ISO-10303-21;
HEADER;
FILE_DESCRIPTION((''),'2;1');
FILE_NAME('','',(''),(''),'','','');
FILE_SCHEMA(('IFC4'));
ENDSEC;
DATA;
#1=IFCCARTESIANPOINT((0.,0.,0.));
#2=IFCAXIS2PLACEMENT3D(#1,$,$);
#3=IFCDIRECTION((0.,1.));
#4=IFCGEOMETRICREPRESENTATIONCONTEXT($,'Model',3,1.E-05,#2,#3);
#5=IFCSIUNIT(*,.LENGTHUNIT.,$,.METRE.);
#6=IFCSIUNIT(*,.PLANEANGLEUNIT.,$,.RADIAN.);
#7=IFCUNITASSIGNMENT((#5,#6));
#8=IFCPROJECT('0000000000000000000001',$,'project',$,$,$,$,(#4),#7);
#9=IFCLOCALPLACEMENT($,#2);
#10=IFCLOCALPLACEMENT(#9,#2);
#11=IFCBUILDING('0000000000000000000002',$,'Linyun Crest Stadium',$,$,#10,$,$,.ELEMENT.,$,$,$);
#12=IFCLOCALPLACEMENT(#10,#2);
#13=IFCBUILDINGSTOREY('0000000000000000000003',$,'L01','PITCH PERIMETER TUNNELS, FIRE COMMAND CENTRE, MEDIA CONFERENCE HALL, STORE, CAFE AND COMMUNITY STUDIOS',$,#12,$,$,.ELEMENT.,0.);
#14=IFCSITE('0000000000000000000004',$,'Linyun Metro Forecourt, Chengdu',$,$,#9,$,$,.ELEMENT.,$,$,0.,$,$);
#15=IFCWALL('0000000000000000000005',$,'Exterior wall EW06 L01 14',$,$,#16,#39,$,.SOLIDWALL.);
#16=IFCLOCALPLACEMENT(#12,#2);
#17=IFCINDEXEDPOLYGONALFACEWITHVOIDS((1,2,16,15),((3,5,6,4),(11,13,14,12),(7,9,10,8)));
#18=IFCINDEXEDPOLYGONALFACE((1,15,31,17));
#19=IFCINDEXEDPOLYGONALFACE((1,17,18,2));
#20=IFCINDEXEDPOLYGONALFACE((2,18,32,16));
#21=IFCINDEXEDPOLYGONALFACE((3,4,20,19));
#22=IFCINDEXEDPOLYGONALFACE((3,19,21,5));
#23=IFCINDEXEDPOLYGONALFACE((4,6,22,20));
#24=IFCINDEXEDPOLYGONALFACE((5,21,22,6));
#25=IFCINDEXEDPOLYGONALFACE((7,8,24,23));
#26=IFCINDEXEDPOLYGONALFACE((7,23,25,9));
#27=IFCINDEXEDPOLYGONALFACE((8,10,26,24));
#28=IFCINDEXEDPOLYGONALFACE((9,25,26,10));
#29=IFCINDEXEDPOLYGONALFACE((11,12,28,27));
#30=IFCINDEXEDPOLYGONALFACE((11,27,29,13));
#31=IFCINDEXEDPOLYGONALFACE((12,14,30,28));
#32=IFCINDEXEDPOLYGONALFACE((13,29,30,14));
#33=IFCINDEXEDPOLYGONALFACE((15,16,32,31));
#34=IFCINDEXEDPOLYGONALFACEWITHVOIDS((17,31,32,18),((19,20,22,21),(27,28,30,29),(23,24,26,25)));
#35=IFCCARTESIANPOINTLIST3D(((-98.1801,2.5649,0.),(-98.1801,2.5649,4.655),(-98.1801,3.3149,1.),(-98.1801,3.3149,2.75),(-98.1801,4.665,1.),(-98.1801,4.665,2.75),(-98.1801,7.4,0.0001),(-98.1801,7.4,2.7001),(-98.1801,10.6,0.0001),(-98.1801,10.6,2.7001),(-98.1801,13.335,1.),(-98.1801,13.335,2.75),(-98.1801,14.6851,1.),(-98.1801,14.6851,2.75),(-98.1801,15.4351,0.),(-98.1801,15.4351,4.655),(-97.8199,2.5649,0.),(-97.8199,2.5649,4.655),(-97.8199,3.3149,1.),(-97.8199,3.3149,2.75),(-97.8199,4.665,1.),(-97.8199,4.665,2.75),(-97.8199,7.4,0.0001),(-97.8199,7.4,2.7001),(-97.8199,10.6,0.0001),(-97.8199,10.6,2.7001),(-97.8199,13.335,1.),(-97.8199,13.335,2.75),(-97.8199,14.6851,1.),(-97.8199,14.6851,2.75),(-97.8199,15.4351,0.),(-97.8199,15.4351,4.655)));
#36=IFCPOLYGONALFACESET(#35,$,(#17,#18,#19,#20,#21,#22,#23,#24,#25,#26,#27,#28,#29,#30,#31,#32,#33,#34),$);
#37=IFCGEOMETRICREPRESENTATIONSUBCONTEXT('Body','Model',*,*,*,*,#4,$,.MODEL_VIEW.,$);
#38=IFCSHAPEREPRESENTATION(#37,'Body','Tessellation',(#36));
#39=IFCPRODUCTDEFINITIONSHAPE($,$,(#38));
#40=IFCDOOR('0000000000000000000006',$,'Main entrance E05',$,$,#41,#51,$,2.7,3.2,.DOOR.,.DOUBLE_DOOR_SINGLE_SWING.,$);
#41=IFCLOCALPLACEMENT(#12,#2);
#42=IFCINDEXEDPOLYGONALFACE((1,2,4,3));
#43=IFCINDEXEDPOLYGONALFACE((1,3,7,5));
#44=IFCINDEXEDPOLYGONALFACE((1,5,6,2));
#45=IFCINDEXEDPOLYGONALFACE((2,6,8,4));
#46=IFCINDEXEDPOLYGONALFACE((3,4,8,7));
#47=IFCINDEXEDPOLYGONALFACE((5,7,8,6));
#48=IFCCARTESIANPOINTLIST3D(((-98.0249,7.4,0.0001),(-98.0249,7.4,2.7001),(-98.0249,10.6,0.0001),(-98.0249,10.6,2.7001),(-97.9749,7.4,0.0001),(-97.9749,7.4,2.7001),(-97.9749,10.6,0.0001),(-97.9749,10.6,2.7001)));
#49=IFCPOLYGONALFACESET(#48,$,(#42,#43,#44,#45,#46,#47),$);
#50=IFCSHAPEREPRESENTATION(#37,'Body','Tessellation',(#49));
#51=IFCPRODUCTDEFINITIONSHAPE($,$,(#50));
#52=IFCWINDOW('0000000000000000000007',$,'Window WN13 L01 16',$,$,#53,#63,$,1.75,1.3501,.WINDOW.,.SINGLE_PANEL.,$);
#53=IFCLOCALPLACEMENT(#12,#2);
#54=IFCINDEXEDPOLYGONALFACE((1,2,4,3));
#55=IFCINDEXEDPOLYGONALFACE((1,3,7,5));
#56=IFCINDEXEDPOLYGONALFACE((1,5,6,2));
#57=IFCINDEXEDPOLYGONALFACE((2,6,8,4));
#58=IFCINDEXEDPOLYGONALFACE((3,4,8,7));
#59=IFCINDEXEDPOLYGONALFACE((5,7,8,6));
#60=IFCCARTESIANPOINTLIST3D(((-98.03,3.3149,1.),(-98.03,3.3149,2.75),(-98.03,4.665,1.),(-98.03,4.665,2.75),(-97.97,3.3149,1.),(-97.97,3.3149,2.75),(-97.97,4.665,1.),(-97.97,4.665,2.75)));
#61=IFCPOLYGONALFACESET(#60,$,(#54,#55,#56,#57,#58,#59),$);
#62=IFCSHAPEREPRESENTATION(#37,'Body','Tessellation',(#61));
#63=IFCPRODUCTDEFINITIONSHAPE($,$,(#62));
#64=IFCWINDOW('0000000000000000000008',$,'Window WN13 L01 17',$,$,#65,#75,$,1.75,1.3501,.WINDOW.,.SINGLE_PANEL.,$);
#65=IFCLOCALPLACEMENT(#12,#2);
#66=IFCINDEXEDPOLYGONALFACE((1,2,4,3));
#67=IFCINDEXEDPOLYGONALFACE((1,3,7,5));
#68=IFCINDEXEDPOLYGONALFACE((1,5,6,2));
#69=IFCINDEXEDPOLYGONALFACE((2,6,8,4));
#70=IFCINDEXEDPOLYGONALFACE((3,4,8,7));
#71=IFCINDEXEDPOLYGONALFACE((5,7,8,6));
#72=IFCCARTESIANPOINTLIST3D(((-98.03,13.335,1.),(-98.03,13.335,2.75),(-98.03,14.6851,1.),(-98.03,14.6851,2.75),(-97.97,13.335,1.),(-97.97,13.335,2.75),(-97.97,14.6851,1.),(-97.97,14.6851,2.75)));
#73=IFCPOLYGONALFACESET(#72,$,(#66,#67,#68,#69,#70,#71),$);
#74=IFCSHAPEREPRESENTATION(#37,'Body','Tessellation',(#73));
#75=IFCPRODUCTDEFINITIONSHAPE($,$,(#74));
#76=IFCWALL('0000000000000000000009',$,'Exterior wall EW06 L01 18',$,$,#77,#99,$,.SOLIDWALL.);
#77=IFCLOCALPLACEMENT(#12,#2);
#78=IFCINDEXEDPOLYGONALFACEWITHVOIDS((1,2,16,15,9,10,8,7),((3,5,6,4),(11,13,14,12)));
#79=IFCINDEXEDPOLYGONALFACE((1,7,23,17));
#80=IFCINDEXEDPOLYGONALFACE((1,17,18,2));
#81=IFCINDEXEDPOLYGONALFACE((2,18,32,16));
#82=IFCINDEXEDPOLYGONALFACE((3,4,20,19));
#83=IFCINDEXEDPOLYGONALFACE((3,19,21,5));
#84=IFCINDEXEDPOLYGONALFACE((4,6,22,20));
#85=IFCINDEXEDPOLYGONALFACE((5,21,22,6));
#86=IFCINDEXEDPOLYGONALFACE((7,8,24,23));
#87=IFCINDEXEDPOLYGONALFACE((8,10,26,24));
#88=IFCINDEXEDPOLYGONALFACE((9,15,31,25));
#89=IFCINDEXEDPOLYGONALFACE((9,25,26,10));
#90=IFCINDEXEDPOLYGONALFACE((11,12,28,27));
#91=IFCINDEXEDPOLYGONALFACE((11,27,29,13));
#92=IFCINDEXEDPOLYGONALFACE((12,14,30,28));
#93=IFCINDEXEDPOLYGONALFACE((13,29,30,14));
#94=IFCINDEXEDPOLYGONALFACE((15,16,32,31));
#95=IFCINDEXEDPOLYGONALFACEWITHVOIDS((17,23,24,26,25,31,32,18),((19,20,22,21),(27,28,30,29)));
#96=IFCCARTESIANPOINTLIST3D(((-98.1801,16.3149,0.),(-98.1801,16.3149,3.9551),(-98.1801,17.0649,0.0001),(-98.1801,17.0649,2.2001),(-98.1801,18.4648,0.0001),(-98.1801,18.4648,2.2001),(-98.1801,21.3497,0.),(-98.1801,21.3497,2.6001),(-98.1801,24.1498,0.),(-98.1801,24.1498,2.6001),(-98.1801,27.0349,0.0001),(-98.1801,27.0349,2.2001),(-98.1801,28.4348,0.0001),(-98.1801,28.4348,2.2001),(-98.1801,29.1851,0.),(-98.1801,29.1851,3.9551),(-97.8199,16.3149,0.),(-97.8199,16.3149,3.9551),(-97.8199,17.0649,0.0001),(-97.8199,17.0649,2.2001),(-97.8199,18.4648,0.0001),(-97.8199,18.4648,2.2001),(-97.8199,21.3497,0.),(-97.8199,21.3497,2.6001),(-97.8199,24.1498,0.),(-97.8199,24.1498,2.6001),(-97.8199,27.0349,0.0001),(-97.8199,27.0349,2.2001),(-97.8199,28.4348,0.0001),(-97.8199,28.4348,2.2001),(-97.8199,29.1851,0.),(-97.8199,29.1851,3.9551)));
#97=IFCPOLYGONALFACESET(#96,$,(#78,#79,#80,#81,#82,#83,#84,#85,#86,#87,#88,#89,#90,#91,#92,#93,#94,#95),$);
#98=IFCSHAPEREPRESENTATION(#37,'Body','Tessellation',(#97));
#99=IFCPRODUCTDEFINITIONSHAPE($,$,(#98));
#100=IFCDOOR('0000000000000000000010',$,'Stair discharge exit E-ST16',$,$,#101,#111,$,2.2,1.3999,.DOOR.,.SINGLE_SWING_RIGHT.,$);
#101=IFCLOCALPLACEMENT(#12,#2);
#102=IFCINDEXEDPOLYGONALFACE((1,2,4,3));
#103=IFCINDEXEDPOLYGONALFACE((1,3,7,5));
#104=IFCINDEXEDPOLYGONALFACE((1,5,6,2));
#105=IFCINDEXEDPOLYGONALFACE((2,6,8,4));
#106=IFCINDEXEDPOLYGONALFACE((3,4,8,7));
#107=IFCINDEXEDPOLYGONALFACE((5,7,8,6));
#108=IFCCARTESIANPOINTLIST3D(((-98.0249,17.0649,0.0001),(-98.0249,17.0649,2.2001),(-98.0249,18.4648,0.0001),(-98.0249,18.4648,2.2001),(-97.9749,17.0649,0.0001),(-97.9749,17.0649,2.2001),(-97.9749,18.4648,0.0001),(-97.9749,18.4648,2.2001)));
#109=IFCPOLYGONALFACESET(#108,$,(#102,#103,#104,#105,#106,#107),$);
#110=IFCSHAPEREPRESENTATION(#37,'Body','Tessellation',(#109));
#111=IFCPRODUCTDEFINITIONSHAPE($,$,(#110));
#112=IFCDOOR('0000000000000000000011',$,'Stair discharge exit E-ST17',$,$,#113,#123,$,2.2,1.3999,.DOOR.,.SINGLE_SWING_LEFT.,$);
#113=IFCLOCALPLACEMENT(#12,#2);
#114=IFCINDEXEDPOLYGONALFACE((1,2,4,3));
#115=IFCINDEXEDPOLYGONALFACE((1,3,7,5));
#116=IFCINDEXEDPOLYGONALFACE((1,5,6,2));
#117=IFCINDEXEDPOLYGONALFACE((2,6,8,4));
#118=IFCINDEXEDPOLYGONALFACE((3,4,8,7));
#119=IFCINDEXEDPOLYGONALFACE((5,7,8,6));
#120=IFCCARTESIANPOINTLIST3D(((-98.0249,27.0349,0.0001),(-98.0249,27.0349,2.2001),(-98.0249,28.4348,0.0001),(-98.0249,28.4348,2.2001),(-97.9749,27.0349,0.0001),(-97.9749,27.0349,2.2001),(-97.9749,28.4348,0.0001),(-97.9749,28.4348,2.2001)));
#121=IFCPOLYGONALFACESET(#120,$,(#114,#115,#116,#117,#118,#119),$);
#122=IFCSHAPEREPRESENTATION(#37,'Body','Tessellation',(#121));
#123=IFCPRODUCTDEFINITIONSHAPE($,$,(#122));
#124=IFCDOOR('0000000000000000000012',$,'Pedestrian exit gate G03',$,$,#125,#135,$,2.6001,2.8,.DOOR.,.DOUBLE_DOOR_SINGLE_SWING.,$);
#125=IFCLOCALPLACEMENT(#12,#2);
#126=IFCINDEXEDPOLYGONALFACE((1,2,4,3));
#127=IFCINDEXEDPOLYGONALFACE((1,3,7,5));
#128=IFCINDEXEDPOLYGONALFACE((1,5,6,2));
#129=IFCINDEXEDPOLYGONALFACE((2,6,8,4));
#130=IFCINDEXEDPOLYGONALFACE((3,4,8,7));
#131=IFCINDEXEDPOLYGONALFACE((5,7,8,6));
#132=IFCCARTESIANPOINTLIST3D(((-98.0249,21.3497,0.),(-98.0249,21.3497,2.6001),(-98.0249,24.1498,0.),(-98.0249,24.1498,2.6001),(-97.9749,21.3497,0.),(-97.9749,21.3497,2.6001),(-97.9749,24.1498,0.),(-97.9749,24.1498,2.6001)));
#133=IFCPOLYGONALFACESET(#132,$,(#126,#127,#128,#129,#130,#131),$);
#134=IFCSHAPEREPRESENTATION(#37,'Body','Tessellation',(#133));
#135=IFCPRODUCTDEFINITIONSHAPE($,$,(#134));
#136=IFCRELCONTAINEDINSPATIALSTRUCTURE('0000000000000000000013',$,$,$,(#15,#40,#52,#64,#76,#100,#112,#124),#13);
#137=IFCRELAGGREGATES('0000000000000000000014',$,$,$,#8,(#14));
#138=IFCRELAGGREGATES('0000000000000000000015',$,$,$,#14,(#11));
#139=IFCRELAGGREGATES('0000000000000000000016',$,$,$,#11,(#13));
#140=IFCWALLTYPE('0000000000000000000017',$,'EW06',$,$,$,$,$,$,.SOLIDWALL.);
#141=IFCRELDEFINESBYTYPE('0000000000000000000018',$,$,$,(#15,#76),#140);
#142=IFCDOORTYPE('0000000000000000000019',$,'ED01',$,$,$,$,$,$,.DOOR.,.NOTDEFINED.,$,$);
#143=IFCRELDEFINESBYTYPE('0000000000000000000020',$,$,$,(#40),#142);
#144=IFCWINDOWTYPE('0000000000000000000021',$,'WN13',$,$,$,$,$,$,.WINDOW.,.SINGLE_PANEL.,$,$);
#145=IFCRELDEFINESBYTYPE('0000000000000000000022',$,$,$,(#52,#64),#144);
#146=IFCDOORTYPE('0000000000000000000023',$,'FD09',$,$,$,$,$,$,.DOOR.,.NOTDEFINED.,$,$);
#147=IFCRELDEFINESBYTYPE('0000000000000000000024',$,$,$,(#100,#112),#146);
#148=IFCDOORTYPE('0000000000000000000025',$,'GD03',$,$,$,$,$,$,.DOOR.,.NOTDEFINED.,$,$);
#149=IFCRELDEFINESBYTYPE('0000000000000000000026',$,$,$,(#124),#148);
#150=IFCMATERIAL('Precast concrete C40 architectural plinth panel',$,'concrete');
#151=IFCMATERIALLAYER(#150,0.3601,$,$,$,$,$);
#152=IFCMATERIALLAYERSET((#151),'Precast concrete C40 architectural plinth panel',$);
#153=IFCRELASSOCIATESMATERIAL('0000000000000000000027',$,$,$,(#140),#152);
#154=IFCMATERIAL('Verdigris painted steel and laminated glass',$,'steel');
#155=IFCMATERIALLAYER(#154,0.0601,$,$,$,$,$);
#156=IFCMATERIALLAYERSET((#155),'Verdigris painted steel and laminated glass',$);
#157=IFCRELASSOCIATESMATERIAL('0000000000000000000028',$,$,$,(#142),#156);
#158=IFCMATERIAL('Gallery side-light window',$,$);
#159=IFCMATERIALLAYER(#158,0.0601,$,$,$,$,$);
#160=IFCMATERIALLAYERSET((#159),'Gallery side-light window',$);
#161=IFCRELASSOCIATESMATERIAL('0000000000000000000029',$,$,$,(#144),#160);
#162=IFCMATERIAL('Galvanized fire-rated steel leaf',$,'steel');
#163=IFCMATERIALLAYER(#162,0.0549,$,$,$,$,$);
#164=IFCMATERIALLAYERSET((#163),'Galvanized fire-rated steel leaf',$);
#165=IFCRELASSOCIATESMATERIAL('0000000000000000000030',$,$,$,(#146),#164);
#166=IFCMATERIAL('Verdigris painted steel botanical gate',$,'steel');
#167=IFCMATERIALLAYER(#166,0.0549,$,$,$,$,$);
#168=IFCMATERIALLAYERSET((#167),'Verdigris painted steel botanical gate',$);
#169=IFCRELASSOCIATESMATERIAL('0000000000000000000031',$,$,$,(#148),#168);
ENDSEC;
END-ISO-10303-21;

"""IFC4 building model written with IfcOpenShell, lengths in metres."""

from ifc_helpers import new_model, si_unit, direction, frame, frame_2d, origin, place, context, subcontext, project, spatial, rectangle, extrude, material, layer, layer_set, type_object, element, fill, save


model = new_model("IFC4")

# Units and contexts
model_context = context("Model", 3, precision=1e-05, world=origin(), true_north=direction((0.0, 1.0)))
body_context = subcontext(model_context, "Body", "Model", "MODEL_VIEW")
ifc_project = project(units=[si_unit("LENGTHUNIT", "METRE"), si_unit("PLANEANGLEUNIT", "RADIAN")], contexts=[model_context])

# Site, building, storey
site_placement = place(None, origin())
site = spatial("IfcSite", under=ifc_project, at=site_placement, Name="Linyun Metro Forecourt, Chengdu", CompositionType="ELEMENT", RefElevation=0.0)
building_placement = place(site_placement, origin())
building = spatial("IfcBuilding", under=site, at=building_placement, Name="Linyun Crest Stadium", CompositionType="ELEMENT")
storey_placement = place(building_placement, origin())
storey = spatial("IfcBuildingStorey", under=building, at=storey_placement, Name="L01", Description="PITCH PERIMETER TUNNELS, FIRE COMMAND CENTRE, MEDIA CONFERENCE HALL, STORE, CAFE AND COMMUNITY STUDIOS", CompositionType="ELEMENT", Elevation=0.0)

# Wall, openings, door, windows
ifc_material_1 = material(Name="Precast concrete C40 architectural plinth panel", Category="concrete")
ifc_layer_1 = layer(ifc_material_1, 0.3601)
ifc_layer_set_1 = layer_set([ifc_layer_1], Name="Precast concrete C40 architectural plinth panel")
wall_type_1 = type_object("IfcWallType", Name="EW06", PredefinedType="SOLIDWALL", material=ifc_layer_set_1)
wall_1_placement = place(storey_placement, frame((-98.0, 2.5649, 0.0), z_axis=(0.0, 0.0, 1.0), x_axis=(0.0, 1.0, 0.0)))
wall_1 = element("IfcWall", 1, at=wall_1_placement, inside=storey, type_object=wall_type_1, Name="Exterior wall EW06 L01 14", PredefinedType="SOLIDWALL", context=body_context, shape_type="SweptSolid", body=[
    extrude(rectangle(XDim=12.8701, YDim=0.3601, at=frame_2d((6.4351, 0.0))), origin(), (0.0, 0.0, 1.0), 4.655),
])
opening_1_placement = place(wall_1_placement, frame((4.835, 0.0, 0.0)))
opening_1 = element("IfcOpeningElement", 2, at=opening_1_placement, cuts=wall_1, PredefinedType="OPENING", context=body_context, shape_type="SweptSolid", body=[
    extrude(rectangle(XDim=3.2, YDim=2.7, at=frame_2d((1.6001, 1.3501))), frame((0.0, 0.1899, 0.0), z_axis=(0.0, -1.0, 0.0), x_axis=(1.0, 0.0, 0.0)), (0.0, 0.0, 1.0), 0.3801),
])
opening_2_placement = place(wall_1_placement, frame((0.75, 0.0, 1.0)))
opening_2 = element("IfcOpeningElement", 3, at=opening_2_placement, cuts=wall_1, PredefinedType="OPENING", context=body_context, shape_type="SweptSolid", body=[
    extrude(rectangle(XDim=1.3501, YDim=1.75, at=frame_2d((0.675, 0.875))), frame((0.0, 0.1899, 0.0), z_axis=(0.0, -1.0, 0.0), x_axis=(1.0, 0.0, 0.0)), (0.0, 0.0, 1.0), 0.3801),
])
opening_3_placement = place(wall_1_placement, frame((10.77, 0.0, 1.0)))
opening_3 = element("IfcOpeningElement", 4, at=opening_3_placement, cuts=wall_1, PredefinedType="OPENING", context=body_context, shape_type="SweptSolid", body=[
    extrude(rectangle(XDim=1.3501, YDim=1.75, at=frame_2d((0.675, 0.875))), frame((0.0, 0.1899, 0.0), z_axis=(0.0, -1.0, 0.0), x_axis=(1.0, 0.0, 0.0)), (0.0, 0.0, 1.0), 0.3801),
])
ifc_material_2 = material(Name="Verdigris painted steel and laminated glass", Category="steel")
ifc_layer_2 = layer(ifc_material_2, 0.0601)
ifc_layer_set_2 = layer_set([ifc_layer_2], Name="Verdigris painted steel and laminated glass")
door_type_1 = type_object("IfcDoorType", Name="ED01", OperationType="NOTDEFINED", PredefinedType="DOOR", material=ifc_layer_set_2)
door_1_placement = place(opening_1_placement, origin())
door_1 = element("IfcDoor", 5, at=door_1_placement, inside=storey, type_object=door_type_1, Name="Main entrance E05", OperationType="DOUBLE_DOOR_SINGLE_SWING", OverallHeight=2.7, OverallWidth=3.2, PredefinedType="DOOR", context=body_context, shape_type="SweptSolid", body=[
    extrude(rectangle(XDim=3.2, YDim=2.7, at=frame_2d((1.6001, 1.3501))), frame((0.0, 0.0249, 0.0), z_axis=(0.0, -1.0, 0.0), x_axis=(1.0, 0.0, 0.0)), (0.0, 0.0, 1.0), 0.05),
])
fill(opening_1, door_1)
ifc_material_3 = material(Name="Gallery side-light window")
ifc_layer_3 = layer(ifc_material_3, 0.0601)
ifc_layer_set_3 = layer_set([ifc_layer_3], Name="Gallery side-light window")
window_type = type_object("IfcWindowType", Name="WN13", PartitioningType="SINGLE_PANEL", PredefinedType="WINDOW", material=ifc_layer_set_3)
window_1_placement = place(opening_2_placement, origin())
window_1 = element("IfcWindow", 6, at=window_1_placement, inside=storey, type_object=window_type, Name="Window WN13 L01 16", OverallHeight=1.75, OverallWidth=1.3501, PartitioningType="SINGLE_PANEL", PredefinedType="WINDOW", context=body_context, shape_type="SweptSolid", body=[
    extrude(rectangle(XDim=1.3501, YDim=1.75, at=frame_2d((0.675, 0.875))), frame((0.0, 0.03, 0.0), z_axis=(0.0, -1.0, 0.0), x_axis=(1.0, 0.0, 0.0)), (0.0, 0.0, 1.0), 0.0601),
])
fill(opening_2, window_1)
window_2_placement = place(opening_3_placement, origin())
window_2 = element("IfcWindow", 7, at=window_2_placement, inside=storey, type_object=window_type, Name="Window WN13 L01 17", OverallHeight=1.75, OverallWidth=1.3501, PartitioningType="SINGLE_PANEL", PredefinedType="WINDOW", context=body_context, shape_type="SweptSolid", body=[
    extrude(rectangle(XDim=1.3501, YDim=1.75, at=frame_2d((0.675, 0.875))), frame((0.0, 0.03, 0.0), z_axis=(0.0, -1.0, 0.0), x_axis=(1.0, 0.0, 0.0)), (0.0, 0.0, 1.0), 0.0601),
])
fill(opening_3, window_2)

# Wall, openings, doors
wall_2_placement = place(storey_placement, frame((-98.0, 16.3149, 0.0), z_axis=(0.0, 0.0, 1.0), x_axis=(0.0, 1.0, 0.0)))
wall_2 = element("IfcWall", 8, at=wall_2_placement, inside=storey, type_object=wall_type_1, Name="Exterior wall EW06 L01 18", PredefinedType="SOLIDWALL", context=body_context, shape_type="SweptSolid", body=[
    extrude(rectangle(XDim=12.8701, YDim=0.3601, at=frame_2d((6.4351, 0.0))), origin(), (0.0, 0.0, 1.0), 3.9551),
])
opening_4_placement = place(wall_2_placement, frame((5.0349, 0.0, 0.0)))
opening_4 = element("IfcOpeningElement", 9, at=opening_4_placement, cuts=wall_2, PredefinedType="OPENING", context=body_context, shape_type="SweptSolid", body=[
    extrude(rectangle(XDim=2.8, YDim=2.6001, at=frame_2d((1.3999, 1.3))), frame((0.0, 0.1899, 0.0), z_axis=(0.0, -1.0, 0.0), x_axis=(1.0, 0.0, 0.0)), (0.0, 0.0, 1.0), 0.3801),
])
opening_5_placement = place(wall_2_placement, frame((0.75, 0.0, 0.0)))
opening_5 = element("IfcOpeningElement", 10, at=opening_5_placement, cuts=wall_2, PredefinedType="OPENING", context=body_context, shape_type="SweptSolid", body=[
    extrude(rectangle(XDim=1.3999, YDim=2.2, at=frame_2d((0.7, 1.1001))), frame((0.0, 0.1899, 0.0), z_axis=(0.0, -1.0, 0.0), x_axis=(1.0, 0.0, 0.0)), (0.0, 0.0, 1.0), 0.3801),
])
opening_6_placement = place(wall_2_placement, frame((10.72, 0.0, 0.0)))
opening_6 = element("IfcOpeningElement", 11, at=opening_6_placement, cuts=wall_2, PredefinedType="OPENING", context=body_context, shape_type="SweptSolid", body=[
    extrude(rectangle(XDim=1.3999, YDim=2.2, at=frame_2d((0.7, 1.1001))), frame((0.0, 0.1899, 0.0), z_axis=(0.0, -1.0, 0.0), x_axis=(1.0, 0.0, 0.0)), (0.0, 0.0, 1.0), 0.3801),
])
ifc_material_4 = material(Name="Galvanized fire-rated steel leaf", Category="steel")
ifc_layer_4 = layer(ifc_material_4, 0.0549)
ifc_layer_set_4 = layer_set([ifc_layer_4], Name="Galvanized fire-rated steel leaf")
door_type_2 = type_object("IfcDoorType", Name="FD09", OperationType="NOTDEFINED", PredefinedType="DOOR", material=ifc_layer_set_4)
door_2_placement = place(opening_5_placement, origin())
door_2 = element("IfcDoor", 12, at=door_2_placement, inside=storey, type_object=door_type_2, Name="Stair discharge exit E-ST16", OperationType="SINGLE_SWING_RIGHT", OverallHeight=2.2, OverallWidth=1.3999, PredefinedType="DOOR", context=body_context, shape_type="SweptSolid", body=[
    extrude(rectangle(XDim=1.3999, YDim=2.2, at=frame_2d((0.7, 1.1001))), frame((0.0, 0.0249, 0.0), z_axis=(0.0, -1.0, 0.0), x_axis=(1.0, 0.0, 0.0)), (0.0, 0.0, 1.0), 0.05),
])
fill(opening_5, door_2)
door_3_placement = place(opening_6_placement, origin())
door_3 = element("IfcDoor", 13, at=door_3_placement, inside=storey, type_object=door_type_2, Name="Stair discharge exit E-ST17", OperationType="SINGLE_SWING_LEFT", OverallHeight=2.2, OverallWidth=1.3999, PredefinedType="DOOR", context=body_context, shape_type="SweptSolid", body=[
    extrude(rectangle(XDim=1.3999, YDim=2.2, at=frame_2d((0.7, 1.1001))), frame((0.0, 0.0249, 0.0), z_axis=(0.0, -1.0, 0.0), x_axis=(1.0, 0.0, 0.0)), (0.0, 0.0, 1.0), 0.05),
])
fill(opening_6, door_3)
ifc_material_5 = material(Name="Verdigris painted steel botanical gate", Category="steel")
ifc_layer_5 = layer(ifc_material_5, 0.0549)
ifc_layer_set_5 = layer_set([ifc_layer_5], Name="Verdigris painted steel botanical gate")
door_type_3 = type_object("IfcDoorType", Name="GD03", OperationType="NOTDEFINED", PredefinedType="DOOR", material=ifc_layer_set_5)
door_4_placement = place(opening_4_placement, origin())
door_4 = element("IfcDoor", 14, at=door_4_placement, inside=storey, type_object=door_type_3, Name="Pedestrian exit gate G03", OperationType="DOUBLE_DOOR_SINGLE_SWING", OverallHeight=2.6001, OverallWidth=2.8, PredefinedType="DOOR", context=body_context, shape_type="SweptSolid", body=[
    extrude(rectangle(XDim=2.8, YDim=2.6001, at=frame_2d((1.3999, 1.3))), frame((0.0, 0.0249, 0.0), z_axis=(0.0, -1.0, 0.0), x_axis=(1.0, 0.0, 0.0)), (0.0, 0.0, 1.0), 0.05),
])
fill(opening_4, door_4)

save(model, "model.ifc")
